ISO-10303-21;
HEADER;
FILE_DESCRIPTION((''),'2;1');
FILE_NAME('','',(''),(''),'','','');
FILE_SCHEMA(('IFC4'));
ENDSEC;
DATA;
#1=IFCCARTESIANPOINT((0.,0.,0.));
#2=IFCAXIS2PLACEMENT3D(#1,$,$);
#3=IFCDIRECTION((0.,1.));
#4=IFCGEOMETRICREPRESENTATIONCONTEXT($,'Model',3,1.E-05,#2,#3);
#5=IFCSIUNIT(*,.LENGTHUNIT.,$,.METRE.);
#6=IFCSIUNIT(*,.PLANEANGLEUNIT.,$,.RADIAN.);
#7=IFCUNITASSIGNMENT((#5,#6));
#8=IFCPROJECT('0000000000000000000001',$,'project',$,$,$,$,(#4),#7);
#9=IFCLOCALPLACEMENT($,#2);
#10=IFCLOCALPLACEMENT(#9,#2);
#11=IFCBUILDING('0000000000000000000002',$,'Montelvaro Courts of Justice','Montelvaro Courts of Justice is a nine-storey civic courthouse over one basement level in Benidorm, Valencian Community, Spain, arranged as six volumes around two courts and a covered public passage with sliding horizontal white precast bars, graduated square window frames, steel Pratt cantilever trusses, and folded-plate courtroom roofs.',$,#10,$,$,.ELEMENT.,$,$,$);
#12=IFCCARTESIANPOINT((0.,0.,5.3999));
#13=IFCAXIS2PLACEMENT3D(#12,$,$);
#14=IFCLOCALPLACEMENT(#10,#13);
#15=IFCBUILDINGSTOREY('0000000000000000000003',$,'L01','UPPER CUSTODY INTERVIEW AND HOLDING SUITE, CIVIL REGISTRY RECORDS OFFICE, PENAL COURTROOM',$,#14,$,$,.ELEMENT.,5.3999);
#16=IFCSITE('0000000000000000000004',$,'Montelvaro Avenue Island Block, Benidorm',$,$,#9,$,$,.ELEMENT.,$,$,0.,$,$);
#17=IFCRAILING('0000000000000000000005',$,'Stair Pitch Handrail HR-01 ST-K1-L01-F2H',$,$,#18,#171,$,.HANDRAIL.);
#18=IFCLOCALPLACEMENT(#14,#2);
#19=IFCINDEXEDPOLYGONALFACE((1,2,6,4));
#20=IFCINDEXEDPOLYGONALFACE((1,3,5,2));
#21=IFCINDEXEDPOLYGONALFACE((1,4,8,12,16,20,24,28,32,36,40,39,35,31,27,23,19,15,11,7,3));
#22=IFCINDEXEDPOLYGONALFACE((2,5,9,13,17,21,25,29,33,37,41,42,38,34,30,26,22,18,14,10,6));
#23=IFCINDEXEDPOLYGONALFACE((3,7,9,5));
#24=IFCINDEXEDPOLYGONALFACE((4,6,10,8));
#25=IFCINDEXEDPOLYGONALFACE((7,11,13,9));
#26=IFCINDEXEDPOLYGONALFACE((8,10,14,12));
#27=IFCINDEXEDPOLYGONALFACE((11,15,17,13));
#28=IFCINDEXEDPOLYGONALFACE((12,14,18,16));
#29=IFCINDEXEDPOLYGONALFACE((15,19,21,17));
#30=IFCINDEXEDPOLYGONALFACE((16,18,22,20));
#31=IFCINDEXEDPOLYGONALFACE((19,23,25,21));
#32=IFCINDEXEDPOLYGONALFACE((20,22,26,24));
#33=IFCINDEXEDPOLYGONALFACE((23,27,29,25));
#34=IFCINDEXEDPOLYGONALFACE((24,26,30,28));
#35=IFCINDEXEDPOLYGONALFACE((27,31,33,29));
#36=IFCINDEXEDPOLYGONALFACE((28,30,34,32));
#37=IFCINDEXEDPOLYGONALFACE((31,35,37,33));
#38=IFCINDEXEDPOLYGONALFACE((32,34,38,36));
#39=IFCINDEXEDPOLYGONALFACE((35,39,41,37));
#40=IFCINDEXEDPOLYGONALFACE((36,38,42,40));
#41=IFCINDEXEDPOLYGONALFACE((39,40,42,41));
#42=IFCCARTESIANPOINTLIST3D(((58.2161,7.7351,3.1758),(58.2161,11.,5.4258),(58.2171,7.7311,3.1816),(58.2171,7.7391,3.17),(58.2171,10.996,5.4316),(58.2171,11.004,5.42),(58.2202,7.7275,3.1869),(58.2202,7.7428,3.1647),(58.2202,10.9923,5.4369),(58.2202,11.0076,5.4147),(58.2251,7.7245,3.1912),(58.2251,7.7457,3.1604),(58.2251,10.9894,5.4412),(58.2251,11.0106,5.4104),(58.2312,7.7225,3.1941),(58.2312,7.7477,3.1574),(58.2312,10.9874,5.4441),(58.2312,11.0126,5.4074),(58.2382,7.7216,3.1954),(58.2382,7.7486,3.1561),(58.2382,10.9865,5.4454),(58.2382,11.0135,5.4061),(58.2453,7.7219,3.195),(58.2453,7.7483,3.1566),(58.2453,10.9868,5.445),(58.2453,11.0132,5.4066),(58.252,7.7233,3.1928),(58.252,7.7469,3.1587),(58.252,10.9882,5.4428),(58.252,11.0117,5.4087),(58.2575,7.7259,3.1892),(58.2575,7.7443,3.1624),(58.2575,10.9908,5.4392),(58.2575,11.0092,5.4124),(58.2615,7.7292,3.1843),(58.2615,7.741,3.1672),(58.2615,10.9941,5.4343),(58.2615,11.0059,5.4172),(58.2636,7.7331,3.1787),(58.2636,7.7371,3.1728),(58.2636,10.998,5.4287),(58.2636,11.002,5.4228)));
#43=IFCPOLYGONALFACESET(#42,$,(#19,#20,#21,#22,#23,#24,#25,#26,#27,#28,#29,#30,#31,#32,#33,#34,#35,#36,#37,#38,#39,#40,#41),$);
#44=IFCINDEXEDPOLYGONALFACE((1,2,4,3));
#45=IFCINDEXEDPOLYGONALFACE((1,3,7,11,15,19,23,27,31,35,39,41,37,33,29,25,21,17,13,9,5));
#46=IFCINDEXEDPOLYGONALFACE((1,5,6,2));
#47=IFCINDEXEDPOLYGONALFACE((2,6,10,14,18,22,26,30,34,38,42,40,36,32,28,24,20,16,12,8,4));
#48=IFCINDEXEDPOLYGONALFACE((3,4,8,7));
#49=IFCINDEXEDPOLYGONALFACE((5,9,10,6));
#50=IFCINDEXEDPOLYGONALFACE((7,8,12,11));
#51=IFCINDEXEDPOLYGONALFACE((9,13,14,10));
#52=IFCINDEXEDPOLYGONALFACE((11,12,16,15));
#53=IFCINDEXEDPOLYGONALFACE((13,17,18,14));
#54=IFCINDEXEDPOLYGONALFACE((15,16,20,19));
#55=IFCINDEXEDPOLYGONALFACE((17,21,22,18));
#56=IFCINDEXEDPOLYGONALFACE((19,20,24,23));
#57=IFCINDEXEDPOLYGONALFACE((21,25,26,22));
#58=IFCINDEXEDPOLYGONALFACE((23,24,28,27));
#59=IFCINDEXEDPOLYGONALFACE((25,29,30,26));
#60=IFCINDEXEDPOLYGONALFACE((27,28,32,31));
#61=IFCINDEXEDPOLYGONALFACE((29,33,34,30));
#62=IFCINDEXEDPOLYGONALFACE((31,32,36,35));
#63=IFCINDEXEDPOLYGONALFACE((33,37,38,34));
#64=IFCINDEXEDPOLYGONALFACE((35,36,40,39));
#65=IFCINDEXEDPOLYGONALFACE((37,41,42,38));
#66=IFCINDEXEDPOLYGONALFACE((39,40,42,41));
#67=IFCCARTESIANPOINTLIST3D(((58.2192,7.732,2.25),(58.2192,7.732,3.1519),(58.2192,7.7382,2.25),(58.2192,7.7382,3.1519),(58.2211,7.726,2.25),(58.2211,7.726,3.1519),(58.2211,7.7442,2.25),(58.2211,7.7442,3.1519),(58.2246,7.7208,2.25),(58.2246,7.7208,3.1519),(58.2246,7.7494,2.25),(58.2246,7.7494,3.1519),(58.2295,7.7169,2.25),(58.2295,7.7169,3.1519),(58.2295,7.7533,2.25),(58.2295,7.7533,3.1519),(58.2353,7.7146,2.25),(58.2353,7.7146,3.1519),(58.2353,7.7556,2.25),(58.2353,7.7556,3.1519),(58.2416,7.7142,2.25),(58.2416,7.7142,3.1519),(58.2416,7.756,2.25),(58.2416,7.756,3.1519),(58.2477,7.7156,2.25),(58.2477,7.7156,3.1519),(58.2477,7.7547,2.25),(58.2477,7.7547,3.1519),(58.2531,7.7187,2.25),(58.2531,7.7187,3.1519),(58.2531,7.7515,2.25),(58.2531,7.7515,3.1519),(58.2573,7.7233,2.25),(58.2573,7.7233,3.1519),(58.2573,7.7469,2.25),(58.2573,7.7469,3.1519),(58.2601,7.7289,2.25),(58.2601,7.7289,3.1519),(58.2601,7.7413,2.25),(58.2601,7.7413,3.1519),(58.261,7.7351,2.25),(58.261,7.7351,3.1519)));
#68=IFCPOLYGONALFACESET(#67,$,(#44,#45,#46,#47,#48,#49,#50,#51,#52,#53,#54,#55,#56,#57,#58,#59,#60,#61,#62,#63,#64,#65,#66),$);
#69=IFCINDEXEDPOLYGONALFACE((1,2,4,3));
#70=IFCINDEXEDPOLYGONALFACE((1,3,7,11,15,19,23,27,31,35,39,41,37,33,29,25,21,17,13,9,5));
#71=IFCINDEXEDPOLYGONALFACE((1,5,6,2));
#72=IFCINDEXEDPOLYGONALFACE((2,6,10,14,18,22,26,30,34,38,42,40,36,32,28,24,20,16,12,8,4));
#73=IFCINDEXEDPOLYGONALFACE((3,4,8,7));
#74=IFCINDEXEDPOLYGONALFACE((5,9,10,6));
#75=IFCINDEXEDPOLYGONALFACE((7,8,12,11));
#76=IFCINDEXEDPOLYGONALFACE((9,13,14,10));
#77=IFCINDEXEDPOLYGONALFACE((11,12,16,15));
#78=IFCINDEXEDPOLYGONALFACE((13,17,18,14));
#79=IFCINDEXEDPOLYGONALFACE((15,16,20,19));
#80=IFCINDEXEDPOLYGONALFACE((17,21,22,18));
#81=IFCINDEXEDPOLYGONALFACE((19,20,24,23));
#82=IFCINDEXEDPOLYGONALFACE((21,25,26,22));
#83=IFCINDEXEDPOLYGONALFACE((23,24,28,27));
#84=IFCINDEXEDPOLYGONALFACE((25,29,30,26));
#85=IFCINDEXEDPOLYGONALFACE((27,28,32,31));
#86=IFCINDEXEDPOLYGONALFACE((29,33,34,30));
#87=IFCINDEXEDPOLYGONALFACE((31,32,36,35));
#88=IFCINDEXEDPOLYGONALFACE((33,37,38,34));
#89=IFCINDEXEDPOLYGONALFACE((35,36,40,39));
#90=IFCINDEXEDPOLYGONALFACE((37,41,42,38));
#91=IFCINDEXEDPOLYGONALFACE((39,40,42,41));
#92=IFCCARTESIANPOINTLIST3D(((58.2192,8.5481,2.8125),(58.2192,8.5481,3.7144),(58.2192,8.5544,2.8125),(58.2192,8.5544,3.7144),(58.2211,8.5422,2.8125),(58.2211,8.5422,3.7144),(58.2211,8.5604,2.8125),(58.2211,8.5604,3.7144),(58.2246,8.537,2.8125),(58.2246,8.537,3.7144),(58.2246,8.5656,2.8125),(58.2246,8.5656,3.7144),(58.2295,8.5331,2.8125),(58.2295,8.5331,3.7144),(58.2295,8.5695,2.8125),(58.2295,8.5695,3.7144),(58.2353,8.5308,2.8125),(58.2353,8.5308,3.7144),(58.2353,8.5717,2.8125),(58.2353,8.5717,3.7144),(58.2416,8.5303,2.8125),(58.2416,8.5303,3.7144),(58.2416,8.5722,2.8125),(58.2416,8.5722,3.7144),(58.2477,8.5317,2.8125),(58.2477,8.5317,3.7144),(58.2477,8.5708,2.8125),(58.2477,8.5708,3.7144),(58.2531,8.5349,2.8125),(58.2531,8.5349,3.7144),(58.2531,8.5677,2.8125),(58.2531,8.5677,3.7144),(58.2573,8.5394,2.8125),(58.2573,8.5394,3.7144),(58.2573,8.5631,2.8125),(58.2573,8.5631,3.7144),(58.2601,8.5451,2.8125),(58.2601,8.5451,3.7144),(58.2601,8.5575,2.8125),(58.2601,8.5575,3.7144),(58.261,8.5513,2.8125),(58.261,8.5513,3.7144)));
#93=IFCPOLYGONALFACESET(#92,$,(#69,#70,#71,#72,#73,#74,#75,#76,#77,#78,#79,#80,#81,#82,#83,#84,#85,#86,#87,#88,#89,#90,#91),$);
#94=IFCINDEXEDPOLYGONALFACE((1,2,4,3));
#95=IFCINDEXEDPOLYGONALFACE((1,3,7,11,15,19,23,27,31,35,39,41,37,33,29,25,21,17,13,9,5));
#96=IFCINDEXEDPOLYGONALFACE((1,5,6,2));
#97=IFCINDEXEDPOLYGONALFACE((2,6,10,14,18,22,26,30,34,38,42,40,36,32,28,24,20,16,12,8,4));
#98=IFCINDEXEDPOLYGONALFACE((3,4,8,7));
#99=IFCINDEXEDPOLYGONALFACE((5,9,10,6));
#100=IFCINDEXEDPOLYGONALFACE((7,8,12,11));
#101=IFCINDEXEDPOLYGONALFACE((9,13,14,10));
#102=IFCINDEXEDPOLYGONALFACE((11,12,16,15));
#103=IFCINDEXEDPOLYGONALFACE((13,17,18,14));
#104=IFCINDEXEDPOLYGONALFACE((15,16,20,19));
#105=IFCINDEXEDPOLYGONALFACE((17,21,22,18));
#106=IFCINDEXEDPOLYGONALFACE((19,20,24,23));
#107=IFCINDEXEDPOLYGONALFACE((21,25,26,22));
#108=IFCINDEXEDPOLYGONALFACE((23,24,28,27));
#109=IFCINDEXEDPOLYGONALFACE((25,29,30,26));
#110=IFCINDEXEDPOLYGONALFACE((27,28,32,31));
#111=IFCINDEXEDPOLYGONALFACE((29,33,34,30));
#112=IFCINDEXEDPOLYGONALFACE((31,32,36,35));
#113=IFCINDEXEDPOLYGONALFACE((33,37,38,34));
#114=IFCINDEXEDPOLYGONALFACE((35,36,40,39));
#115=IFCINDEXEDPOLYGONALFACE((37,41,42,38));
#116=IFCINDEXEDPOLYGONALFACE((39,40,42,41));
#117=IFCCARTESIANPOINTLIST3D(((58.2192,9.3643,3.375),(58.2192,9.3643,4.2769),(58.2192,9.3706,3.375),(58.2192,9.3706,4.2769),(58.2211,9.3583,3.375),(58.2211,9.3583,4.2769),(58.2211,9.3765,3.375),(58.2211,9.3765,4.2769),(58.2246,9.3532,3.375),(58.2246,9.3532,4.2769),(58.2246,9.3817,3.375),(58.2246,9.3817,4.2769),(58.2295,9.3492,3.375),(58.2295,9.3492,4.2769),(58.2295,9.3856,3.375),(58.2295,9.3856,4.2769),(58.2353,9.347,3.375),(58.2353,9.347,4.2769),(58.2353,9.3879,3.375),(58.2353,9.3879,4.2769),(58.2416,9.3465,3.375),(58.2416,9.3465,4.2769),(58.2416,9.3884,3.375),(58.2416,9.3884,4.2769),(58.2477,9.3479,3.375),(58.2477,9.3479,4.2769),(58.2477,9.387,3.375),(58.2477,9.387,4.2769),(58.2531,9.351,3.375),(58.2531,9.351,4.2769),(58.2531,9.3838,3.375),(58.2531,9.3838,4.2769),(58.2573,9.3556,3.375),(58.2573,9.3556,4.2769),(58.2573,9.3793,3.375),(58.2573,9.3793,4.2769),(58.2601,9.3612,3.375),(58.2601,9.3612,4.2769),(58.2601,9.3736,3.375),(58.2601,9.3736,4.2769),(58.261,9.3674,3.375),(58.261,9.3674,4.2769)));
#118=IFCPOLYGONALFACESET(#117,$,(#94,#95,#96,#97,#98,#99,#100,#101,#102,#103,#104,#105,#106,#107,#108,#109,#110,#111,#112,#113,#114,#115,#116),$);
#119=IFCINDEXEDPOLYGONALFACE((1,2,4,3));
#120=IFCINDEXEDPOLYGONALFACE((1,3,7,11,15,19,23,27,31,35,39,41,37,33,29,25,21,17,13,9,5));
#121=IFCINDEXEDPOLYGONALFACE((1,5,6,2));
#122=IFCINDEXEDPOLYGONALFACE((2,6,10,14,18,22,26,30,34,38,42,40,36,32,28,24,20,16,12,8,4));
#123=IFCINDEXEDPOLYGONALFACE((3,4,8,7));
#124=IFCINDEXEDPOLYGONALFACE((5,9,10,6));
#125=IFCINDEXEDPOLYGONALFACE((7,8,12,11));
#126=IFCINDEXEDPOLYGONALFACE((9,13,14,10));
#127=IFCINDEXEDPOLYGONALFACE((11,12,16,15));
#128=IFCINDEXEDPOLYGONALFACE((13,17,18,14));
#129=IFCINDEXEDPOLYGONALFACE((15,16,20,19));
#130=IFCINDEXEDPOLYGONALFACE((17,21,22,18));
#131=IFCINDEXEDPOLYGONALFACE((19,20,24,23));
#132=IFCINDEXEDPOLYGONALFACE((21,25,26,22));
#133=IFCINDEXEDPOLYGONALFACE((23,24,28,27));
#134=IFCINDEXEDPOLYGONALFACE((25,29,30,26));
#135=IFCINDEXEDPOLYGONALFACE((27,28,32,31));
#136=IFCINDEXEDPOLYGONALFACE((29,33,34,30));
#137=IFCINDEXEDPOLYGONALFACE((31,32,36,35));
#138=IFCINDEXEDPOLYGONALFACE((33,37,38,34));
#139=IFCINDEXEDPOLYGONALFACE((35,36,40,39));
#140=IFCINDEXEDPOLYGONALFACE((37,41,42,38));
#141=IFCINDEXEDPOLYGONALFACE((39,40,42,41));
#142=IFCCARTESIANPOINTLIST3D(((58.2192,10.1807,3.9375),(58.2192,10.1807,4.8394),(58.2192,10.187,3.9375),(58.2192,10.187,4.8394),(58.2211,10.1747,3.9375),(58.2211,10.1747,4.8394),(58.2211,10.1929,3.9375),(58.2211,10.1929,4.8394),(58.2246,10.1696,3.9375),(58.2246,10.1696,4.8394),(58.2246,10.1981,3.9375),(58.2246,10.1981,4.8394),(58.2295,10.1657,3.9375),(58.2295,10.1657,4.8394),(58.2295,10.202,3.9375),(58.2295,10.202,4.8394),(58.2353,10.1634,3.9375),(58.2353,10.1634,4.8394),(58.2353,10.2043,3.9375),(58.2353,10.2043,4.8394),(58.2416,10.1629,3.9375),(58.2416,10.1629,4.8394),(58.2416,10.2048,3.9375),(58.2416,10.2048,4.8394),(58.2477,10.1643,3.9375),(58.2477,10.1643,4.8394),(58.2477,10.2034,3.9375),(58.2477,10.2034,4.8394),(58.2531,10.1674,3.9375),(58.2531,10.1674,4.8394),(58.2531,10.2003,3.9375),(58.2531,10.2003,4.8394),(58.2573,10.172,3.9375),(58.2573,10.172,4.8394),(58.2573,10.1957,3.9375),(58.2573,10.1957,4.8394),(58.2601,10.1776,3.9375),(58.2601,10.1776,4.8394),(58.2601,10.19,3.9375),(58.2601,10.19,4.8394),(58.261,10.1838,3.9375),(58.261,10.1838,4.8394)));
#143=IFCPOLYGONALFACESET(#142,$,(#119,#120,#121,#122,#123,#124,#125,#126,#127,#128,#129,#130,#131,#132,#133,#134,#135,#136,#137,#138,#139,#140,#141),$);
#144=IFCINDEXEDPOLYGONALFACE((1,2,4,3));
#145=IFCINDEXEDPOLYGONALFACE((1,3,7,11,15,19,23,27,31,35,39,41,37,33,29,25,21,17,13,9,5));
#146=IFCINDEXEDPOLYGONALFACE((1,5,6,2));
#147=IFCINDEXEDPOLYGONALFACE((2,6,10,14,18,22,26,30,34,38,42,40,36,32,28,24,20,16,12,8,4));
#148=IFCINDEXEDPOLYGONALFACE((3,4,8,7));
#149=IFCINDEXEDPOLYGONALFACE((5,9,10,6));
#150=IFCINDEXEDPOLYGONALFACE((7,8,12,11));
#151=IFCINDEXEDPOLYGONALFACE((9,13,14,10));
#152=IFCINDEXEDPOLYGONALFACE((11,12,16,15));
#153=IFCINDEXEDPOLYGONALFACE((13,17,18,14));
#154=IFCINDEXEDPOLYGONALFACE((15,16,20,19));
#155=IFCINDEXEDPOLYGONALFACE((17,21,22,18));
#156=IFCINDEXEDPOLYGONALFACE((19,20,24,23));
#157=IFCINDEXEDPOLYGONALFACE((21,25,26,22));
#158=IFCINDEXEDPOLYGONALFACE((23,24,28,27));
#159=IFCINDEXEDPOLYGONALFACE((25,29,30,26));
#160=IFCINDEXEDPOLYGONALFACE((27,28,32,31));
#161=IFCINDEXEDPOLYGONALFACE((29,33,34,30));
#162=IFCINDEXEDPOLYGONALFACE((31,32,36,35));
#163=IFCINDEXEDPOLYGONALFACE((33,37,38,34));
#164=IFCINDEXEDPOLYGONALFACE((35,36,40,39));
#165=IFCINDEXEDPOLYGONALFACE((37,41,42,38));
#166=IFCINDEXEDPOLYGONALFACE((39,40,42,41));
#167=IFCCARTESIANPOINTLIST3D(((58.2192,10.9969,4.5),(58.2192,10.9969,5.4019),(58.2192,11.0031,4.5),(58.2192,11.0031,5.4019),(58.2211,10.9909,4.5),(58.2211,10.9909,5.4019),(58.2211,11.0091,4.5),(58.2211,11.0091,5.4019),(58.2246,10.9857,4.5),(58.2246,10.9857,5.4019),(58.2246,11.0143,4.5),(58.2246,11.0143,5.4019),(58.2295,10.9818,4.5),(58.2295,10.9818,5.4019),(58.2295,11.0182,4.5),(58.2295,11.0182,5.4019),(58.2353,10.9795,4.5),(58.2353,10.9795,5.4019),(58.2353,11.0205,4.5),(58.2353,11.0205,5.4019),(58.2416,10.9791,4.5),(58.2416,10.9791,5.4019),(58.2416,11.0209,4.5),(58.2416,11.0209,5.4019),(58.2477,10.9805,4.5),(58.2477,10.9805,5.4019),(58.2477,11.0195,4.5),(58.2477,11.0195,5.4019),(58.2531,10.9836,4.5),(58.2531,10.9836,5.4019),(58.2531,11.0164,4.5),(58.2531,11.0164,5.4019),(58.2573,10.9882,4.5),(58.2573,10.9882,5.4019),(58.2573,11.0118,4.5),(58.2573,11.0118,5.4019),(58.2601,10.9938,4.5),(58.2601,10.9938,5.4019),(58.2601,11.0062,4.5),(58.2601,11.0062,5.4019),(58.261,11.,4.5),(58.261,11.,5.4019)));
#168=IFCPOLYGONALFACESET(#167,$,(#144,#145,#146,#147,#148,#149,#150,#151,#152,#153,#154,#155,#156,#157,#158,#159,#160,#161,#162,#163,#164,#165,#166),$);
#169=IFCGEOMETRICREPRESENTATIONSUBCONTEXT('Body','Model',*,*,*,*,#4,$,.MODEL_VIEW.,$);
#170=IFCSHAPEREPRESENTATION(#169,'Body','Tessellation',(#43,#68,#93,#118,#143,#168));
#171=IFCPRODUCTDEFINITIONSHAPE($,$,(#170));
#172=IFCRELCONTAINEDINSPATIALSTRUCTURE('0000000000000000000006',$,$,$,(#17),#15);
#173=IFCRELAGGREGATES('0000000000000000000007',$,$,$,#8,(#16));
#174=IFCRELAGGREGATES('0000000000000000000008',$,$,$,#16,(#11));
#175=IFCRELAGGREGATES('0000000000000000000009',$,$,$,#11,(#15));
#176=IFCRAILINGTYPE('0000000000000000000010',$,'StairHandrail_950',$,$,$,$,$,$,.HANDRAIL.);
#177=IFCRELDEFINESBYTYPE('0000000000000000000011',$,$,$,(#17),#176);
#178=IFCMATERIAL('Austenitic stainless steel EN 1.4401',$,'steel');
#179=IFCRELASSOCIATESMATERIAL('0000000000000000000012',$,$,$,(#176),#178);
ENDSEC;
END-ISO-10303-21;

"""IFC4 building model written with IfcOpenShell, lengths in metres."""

from ifc_helpers import new_model, si_unit, direction, frame, origin, origin_2d, place, context, subcontext, project, spatial, circle, extrude, material, type_object, element, save


model = new_model("IFC4")

# Units and contexts
model_context = context("Model", 3, precision=1e-05, world=origin(), true_north=direction((0.0, 1.0)))
body_context = subcontext(model_context, "Body", "Model", "MODEL_VIEW")
ifc_project = project(units=[si_unit("LENGTHUNIT", "METRE"), si_unit("PLANEANGLEUNIT", "RADIAN")], contexts=[model_context])

# Site, building, storey
site_placement = place(None, origin())
site = spatial("IfcSite", under=ifc_project, at=site_placement, Name="Montelvaro Avenue Island Block, Benidorm", CompositionType="ELEMENT", RefElevation=0.0)
building_placement = place(site_placement, origin())
building = spatial("IfcBuilding", under=site, at=building_placement, Name="Montelvaro Courts of Justice", Description="Montelvaro Courts of Justice is a nine-storey civic courthouse over one basement level in Benidorm, Valencian Community, Spain, arranged as six volumes around two courts and a covered public passage with sliding horizontal white precast bars, graduated square window frames, steel Pratt cantilever trusses, and folded-plate courtroom roofs.", CompositionType="ELEMENT")
storey_placement = place(building_placement, frame((0.0, 0.0, 5.3999)))
storey = spatial("IfcBuildingStorey", under=building, at=storey_placement, Name="L01", Description="UPPER CUSTODY INTERVIEW AND HOLDING SUITE, CIVIL REGISTRY RECORDS OFFICE, PENAL COURTROOM", CompositionType="ELEMENT", Elevation=5.3999)

# Railing
ifc_material_1 = material(Name="Austenitic stainless steel EN 1.4401", Category="steel")
railing_type_1 = type_object("IfcRailingType", Name="StairHandrail_950", PredefinedType="HANDRAIL", material=ifc_material_1)
railing_1_placement = place(storey_placement, frame((58.24, 7.7351, 2.25)))
element("IfcRailing", 1, at=railing_1_placement, inside=storey, type_object=railing_type_1, Name="Stair Pitch Handrail HR-01 ST-K1-L01-F2H", PredefinedType="HANDRAIL", context=body_context, shape_type="SweptSolid", body=[
    extrude(circle(Radius=0.0239, at=origin_2d()), frame((0.0, 0.0, 0.9258), z_axis=(0.0, 0.823407, 0.567451), x_axis=(-1.0, 0.0, 0.0)), (0.0, 0.0, 1.0), 3.9651),
    extrude(circle(Radius=0.021, at=origin_2d()), origin(), (0.0, 0.0, 1.0), 0.9019),
    extrude(circle(Radius=0.021, at=origin_2d()), frame((0.0, 0.8162, 0.5625)), (0.0, 0.0, 1.0), 0.9019),
    extrude(circle(Radius=0.021, at=origin_2d()), frame((0.0, 1.6323, 1.125)), (0.0, 0.0, 1.0), 0.9019),
    extrude(circle(Radius=0.021, at=origin_2d()), frame((0.0, 2.4487, 1.6875)), (0.0, 0.0, 1.0), 0.9019),
    extrude(circle(Radius=0.021, at=origin_2d()), frame((0.0, 3.2649, 2.25)), (0.0, 0.0, 1.0), 0.9019),
])

save(model, "model.ifc")
